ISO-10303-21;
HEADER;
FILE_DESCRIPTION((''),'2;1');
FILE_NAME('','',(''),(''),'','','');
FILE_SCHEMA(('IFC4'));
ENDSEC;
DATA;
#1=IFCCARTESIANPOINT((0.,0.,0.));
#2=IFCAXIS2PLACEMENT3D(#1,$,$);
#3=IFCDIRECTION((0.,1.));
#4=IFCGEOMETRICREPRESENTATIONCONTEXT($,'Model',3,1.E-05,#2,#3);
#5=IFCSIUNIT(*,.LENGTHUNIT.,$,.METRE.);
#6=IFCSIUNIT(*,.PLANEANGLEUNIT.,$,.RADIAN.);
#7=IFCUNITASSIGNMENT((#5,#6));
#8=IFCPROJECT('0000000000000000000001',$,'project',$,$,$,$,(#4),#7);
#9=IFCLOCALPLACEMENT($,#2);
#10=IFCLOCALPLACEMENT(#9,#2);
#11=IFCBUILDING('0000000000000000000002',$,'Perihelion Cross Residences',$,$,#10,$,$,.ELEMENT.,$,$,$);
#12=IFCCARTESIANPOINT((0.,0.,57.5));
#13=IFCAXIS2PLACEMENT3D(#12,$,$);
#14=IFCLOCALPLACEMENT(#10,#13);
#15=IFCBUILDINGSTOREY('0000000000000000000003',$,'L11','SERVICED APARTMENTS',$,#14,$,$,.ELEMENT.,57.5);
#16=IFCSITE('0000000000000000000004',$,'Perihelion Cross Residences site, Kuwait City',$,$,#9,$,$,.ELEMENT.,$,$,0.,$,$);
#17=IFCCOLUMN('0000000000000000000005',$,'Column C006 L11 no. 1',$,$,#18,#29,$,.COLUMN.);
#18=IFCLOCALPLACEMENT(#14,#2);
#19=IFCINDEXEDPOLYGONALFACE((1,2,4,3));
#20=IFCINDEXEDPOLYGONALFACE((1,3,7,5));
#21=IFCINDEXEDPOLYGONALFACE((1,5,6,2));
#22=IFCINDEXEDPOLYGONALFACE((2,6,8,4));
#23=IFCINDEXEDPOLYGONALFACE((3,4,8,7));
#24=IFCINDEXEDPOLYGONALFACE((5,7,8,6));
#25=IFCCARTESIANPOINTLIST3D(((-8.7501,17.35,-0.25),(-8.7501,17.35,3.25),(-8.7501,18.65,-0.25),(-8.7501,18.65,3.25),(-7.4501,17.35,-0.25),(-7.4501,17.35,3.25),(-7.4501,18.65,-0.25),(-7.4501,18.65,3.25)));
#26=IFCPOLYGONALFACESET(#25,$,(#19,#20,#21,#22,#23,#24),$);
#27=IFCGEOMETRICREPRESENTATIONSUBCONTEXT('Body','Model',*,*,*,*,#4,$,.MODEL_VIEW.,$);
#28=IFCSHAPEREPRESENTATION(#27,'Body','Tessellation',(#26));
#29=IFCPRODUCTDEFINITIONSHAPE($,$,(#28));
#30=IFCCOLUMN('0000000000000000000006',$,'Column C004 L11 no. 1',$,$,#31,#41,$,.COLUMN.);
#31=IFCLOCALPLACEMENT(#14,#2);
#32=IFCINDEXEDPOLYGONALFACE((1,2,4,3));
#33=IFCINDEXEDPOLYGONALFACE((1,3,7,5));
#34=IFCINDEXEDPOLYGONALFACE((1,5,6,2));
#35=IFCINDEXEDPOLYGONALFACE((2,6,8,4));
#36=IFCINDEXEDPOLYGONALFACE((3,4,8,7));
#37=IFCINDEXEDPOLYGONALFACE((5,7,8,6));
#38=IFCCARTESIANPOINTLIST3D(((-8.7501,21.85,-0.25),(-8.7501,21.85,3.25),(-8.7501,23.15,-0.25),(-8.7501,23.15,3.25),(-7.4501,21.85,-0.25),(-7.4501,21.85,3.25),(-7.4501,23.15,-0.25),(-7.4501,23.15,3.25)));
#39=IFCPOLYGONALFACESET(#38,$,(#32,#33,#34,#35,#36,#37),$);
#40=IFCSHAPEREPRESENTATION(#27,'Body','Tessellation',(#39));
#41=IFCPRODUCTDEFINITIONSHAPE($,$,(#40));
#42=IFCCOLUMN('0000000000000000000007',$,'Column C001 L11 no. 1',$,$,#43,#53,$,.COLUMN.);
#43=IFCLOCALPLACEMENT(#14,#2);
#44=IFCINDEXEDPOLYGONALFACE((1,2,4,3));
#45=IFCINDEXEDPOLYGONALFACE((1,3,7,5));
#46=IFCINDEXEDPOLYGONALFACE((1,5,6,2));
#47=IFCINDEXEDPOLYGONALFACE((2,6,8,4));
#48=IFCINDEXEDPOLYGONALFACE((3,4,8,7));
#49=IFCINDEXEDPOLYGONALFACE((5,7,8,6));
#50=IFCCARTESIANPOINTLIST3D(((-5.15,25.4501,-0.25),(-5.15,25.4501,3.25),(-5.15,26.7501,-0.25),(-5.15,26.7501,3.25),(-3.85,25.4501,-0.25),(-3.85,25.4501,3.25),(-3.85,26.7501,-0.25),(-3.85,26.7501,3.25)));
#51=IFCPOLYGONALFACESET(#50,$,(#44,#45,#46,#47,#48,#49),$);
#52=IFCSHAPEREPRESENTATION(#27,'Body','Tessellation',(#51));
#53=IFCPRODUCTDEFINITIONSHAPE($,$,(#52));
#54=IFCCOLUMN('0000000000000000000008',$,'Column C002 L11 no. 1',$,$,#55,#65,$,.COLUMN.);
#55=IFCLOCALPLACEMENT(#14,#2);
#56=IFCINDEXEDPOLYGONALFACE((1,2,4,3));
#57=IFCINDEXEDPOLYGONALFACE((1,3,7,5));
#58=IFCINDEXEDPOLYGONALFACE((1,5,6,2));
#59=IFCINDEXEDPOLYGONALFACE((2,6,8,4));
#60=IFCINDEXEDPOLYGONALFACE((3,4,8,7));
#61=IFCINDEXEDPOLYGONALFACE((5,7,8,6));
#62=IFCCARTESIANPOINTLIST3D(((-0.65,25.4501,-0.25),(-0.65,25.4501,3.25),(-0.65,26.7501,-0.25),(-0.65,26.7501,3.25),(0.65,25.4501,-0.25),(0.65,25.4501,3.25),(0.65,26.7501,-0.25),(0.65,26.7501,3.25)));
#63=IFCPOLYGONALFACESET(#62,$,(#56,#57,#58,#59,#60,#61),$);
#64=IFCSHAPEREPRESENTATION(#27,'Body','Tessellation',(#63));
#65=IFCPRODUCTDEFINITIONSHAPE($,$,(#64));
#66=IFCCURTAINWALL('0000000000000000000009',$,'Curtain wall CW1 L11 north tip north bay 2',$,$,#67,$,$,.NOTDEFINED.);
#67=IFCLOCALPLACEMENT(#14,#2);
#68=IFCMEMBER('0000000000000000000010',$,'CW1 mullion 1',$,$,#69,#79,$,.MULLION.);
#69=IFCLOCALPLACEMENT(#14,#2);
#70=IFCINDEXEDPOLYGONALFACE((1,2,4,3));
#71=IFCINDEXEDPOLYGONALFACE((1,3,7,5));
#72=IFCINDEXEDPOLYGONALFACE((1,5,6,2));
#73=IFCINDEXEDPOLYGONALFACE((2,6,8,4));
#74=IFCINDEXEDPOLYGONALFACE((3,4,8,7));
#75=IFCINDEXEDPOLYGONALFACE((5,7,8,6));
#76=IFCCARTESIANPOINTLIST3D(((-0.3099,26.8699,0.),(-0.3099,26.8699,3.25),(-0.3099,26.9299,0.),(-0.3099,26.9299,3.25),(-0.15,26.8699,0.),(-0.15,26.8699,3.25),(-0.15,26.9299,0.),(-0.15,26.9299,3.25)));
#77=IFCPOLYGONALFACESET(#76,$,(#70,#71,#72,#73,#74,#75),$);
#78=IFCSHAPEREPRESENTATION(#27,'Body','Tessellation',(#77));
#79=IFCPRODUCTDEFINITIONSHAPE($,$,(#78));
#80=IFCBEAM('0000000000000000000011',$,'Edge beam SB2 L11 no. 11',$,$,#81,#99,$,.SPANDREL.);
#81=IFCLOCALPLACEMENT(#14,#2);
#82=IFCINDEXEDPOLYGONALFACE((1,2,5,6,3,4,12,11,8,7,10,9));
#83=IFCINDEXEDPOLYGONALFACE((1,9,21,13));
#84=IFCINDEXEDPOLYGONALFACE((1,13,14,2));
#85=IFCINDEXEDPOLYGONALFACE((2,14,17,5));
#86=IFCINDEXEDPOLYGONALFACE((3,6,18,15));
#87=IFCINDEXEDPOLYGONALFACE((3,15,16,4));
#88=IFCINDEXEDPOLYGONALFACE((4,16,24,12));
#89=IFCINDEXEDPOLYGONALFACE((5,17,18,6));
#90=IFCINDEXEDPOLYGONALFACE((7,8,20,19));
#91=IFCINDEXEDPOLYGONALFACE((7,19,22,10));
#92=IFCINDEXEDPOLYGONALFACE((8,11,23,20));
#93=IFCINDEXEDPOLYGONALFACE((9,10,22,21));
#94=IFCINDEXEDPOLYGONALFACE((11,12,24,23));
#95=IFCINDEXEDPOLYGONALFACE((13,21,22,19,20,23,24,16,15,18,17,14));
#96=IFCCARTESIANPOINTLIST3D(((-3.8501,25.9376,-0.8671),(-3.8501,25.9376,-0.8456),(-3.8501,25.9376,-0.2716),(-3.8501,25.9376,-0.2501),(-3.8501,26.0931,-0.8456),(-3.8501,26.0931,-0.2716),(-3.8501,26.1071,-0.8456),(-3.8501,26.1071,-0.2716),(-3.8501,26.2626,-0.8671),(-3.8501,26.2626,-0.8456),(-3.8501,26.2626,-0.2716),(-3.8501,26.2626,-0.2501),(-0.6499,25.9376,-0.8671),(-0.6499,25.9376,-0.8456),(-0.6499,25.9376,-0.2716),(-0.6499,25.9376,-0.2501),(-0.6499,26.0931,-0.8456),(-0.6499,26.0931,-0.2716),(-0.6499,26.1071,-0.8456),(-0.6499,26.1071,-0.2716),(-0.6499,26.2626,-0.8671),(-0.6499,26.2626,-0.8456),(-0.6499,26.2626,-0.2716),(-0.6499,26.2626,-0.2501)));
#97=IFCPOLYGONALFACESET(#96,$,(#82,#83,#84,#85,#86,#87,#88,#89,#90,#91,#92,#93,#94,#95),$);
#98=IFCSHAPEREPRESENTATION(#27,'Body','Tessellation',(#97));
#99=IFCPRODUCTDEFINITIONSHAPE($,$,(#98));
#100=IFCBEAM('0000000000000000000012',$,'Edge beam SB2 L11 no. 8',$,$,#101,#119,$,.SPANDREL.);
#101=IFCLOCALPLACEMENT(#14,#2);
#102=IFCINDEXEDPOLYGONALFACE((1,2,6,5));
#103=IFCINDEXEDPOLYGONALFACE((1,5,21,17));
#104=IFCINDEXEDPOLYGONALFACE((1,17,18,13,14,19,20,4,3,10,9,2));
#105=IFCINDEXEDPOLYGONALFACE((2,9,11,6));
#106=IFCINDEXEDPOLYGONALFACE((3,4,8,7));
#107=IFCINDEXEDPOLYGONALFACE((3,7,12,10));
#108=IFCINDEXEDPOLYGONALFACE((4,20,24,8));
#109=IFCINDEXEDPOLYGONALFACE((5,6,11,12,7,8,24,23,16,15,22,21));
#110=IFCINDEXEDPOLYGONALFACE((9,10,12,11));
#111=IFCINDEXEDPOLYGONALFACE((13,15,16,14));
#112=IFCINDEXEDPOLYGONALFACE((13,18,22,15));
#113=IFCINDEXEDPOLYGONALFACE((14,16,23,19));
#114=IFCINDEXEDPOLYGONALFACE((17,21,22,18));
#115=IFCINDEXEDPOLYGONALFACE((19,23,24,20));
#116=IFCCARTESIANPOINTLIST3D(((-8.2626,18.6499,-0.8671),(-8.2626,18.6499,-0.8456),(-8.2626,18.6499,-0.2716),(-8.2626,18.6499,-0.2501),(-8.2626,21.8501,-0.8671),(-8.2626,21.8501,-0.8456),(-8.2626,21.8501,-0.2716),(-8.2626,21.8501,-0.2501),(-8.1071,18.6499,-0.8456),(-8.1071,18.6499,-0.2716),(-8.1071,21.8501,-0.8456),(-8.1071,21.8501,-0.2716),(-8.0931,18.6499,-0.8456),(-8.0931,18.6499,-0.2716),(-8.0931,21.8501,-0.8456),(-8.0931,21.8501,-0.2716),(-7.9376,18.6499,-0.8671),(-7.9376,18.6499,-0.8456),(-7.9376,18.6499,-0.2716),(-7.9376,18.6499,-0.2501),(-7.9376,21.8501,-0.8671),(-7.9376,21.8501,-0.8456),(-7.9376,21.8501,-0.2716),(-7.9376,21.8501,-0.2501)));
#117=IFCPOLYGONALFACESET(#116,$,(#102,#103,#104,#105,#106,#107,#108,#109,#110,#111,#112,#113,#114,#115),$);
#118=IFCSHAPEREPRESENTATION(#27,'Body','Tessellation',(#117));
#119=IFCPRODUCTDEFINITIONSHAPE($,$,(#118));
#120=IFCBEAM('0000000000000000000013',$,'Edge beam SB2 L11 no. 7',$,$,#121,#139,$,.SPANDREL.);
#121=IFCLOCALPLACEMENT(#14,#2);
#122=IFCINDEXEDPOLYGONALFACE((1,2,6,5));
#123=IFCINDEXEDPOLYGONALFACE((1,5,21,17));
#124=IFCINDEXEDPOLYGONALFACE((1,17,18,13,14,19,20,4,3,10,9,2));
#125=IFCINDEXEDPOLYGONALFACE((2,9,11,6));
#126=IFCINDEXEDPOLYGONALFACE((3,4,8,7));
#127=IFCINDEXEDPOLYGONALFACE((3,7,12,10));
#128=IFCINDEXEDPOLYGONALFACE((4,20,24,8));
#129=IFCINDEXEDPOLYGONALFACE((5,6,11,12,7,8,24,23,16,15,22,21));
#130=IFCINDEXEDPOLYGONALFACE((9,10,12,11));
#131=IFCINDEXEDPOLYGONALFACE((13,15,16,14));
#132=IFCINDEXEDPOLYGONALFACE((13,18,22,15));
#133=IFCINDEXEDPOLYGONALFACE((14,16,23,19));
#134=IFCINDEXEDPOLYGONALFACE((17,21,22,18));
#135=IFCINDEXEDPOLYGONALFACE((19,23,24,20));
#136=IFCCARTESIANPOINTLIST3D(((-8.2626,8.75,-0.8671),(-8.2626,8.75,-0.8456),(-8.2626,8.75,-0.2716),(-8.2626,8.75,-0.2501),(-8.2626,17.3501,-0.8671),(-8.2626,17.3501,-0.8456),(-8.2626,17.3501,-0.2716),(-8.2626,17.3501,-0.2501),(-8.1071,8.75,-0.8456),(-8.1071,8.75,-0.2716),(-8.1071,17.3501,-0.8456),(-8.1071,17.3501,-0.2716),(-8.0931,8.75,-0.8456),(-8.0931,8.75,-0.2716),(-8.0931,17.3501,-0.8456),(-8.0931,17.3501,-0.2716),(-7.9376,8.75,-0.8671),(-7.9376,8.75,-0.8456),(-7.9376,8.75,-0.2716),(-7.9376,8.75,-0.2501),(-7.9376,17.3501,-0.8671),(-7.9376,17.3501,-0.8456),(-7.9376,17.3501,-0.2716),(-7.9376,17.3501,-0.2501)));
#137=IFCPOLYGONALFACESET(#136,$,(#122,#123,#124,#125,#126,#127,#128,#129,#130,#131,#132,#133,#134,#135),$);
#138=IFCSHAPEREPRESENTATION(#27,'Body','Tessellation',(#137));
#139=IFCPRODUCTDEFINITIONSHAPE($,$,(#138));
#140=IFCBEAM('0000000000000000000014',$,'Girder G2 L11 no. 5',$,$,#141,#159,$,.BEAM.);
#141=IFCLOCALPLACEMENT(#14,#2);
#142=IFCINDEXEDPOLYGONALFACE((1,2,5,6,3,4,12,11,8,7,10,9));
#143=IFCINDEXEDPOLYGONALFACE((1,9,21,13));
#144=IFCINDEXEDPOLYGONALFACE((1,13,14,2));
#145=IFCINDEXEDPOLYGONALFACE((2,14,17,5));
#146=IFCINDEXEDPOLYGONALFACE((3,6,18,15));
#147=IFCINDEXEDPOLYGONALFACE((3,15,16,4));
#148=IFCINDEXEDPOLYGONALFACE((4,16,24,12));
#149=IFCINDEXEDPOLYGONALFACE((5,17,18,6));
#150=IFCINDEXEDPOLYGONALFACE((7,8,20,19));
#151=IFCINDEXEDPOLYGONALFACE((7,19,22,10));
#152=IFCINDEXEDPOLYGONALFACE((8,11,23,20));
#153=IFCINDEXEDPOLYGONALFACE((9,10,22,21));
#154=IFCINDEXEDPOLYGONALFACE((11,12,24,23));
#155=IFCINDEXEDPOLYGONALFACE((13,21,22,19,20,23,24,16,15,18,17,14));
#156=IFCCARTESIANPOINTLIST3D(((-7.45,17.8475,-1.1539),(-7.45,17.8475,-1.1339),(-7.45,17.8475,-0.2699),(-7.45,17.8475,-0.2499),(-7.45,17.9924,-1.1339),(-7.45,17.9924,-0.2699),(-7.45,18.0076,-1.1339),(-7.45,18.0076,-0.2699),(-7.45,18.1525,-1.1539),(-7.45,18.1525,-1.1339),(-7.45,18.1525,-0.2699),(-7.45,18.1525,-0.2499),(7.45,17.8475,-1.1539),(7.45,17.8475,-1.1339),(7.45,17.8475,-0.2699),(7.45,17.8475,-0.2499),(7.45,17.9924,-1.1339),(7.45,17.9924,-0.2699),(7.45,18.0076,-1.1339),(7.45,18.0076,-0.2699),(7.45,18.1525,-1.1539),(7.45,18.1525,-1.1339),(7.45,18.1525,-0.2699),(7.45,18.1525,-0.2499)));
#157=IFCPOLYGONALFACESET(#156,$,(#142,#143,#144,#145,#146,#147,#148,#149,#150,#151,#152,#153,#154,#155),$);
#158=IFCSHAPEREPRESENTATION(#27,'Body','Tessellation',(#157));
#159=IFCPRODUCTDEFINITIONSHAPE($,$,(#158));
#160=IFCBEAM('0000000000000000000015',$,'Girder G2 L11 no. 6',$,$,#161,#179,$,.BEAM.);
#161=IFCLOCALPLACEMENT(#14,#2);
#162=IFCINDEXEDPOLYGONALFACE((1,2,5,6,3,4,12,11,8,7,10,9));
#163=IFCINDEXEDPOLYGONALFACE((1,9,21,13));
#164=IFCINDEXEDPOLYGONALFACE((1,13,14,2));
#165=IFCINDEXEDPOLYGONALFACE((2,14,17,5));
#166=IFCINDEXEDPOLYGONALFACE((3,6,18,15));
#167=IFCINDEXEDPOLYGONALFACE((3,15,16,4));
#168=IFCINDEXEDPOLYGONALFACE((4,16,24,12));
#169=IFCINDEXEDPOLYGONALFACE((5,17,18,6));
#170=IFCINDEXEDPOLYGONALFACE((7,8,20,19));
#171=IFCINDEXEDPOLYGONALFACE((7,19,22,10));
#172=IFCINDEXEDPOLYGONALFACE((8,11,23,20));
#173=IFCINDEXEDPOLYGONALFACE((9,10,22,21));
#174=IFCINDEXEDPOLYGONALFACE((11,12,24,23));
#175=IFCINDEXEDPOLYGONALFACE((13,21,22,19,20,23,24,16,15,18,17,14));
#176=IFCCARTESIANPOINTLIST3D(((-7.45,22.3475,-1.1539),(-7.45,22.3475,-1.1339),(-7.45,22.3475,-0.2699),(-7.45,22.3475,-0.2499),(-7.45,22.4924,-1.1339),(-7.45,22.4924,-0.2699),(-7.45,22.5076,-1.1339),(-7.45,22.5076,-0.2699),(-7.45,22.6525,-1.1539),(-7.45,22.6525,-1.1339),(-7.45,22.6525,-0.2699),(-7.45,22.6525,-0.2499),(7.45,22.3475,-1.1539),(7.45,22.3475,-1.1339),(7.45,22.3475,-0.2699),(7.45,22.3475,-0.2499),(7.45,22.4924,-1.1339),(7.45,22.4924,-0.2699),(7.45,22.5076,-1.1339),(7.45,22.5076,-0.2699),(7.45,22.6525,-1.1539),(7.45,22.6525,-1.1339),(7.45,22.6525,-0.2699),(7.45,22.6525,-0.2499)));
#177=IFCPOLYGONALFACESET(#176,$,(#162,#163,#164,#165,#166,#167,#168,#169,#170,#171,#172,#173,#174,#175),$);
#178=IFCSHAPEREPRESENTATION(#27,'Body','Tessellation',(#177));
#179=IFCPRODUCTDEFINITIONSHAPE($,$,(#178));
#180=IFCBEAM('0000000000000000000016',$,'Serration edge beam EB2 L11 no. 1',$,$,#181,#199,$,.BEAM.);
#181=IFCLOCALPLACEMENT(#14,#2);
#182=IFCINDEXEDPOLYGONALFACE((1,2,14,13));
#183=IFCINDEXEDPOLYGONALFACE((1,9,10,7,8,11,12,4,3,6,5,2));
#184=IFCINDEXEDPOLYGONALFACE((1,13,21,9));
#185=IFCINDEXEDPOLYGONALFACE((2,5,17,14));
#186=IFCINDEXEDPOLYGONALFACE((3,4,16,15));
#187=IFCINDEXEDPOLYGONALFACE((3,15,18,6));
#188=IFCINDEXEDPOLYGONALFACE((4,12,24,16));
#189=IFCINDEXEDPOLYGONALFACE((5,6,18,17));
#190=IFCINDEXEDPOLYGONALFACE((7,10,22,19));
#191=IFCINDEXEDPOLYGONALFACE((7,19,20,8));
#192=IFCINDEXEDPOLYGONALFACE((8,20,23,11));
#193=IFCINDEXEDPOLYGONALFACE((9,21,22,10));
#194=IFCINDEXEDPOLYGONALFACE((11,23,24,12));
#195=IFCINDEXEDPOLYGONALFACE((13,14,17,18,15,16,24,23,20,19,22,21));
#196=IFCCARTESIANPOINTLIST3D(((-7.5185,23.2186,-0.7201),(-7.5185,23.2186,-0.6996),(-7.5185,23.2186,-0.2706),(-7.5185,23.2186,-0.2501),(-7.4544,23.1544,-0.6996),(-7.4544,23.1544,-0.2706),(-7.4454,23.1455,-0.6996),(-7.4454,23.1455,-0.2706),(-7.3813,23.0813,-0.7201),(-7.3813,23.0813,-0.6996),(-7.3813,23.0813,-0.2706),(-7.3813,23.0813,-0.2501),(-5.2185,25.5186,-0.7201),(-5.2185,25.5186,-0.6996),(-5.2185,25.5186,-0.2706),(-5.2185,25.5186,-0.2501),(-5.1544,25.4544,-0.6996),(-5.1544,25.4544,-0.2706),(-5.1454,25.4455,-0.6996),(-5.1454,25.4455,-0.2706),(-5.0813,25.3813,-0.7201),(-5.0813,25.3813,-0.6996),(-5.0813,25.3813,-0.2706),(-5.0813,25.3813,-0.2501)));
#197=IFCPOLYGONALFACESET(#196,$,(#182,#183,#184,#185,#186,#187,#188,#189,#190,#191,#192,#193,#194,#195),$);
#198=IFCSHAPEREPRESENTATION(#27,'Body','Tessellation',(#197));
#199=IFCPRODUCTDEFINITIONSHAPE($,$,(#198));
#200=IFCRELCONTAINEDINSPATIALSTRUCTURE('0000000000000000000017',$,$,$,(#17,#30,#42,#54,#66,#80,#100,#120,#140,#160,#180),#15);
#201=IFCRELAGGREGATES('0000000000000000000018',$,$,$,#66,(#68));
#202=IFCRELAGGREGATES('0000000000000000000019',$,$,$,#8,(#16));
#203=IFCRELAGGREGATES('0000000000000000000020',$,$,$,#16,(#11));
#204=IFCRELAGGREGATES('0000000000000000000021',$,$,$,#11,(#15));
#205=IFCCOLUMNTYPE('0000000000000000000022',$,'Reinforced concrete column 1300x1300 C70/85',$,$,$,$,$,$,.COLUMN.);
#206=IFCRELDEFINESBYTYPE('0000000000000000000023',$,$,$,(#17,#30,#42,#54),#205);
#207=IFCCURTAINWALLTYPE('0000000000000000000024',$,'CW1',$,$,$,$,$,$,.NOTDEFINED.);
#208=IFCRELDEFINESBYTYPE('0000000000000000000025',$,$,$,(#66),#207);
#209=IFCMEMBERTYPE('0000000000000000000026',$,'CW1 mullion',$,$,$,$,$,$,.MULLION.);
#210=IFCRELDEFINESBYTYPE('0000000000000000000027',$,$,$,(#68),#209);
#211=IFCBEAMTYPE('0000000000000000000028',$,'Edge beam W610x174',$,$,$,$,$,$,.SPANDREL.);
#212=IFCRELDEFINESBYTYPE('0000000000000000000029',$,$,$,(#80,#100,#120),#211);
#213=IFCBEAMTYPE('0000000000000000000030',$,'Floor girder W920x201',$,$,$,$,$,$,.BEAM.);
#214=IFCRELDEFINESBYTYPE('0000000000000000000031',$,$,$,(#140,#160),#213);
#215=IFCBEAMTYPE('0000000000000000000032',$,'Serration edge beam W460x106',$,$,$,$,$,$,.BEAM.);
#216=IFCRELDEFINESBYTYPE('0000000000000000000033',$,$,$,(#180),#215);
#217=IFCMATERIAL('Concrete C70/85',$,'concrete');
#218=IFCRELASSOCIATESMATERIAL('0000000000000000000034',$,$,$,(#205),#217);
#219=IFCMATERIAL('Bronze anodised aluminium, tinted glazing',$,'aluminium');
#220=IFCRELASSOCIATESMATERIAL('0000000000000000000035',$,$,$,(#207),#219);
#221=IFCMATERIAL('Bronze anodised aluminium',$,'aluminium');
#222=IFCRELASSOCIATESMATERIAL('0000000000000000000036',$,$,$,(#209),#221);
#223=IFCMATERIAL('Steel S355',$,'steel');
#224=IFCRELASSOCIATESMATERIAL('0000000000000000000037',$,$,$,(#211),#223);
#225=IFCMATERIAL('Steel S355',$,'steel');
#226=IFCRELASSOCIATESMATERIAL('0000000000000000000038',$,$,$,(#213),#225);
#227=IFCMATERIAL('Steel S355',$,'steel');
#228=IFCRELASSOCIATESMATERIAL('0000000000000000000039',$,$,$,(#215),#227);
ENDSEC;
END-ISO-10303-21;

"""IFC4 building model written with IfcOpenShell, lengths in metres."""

from ifc_helpers import new_model, si_unit, direction, frame, origin, origin_2d, place, context, subcontext, project, spatial, rectangle, i_section, extrude, material, material_profile, profile_set, type_object, element, aggregate, save


model = new_model("IFC4")

# Units and contexts
model_context = context("Model", 3, precision=1e-05, world=origin(), true_north=direction((0.0, 1.0)))
body_context = subcontext(model_context, "Body", "Model", "MODEL_VIEW")
ifc_project = project(units=[si_unit("LENGTHUNIT", "METRE"), si_unit("PLANEANGLEUNIT", "RADIAN")], contexts=[model_context])

# Site, building, storey
site_placement = place(None, origin())
site = spatial("IfcSite", under=ifc_project, at=site_placement, Name="Perihelion Cross Residences site, Kuwait City", CompositionType="ELEMENT", RefElevation=0.0)
building_placement = place(site_placement, origin())
building = spatial("IfcBuilding", under=site, at=building_placement, Name="Perihelion Cross Residences", CompositionType="ELEMENT")
storey_placement = place(building_placement, frame((0.0, 0.0, 57.5)))
storey = spatial("IfcBuildingStorey", under=building, at=storey_placement, Name="L11", Description="SERVICED APARTMENTS", CompositionType="ELEMENT", Elevation=57.5)

# Columns
ifc_material_1 = material(Name="Concrete C70/85", Category="concrete")
ifc_material_profile_1 = material_profile(ifc_material_1, rectangle(XDim=1.3, YDim=1.3, at=origin_2d()), Name="RC 1300x1300")
ifc_profile_set_1 = profile_set([ifc_material_profile_1], Name="Concrete C70/85")
column_type = type_object("IfcColumnType", Name="Reinforced concrete column 1300x1300 C70/85", PredefinedType="COLUMN", material=ifc_profile_set_1)
for number, where, z_axis, x_axis, name in (
    (1, (-8.1001, 18.0, -0.25), (0.0, 0.0, 1.0), (1.0, 0.0, 0.0), "Column C006 L11 no. 1"),
    (2, (-8.1001, 22.5, -0.25), (0.0, 0.0, 1.0), (1.0, 0.0, 0.0), "Column C004 L11 no. 1"),
    (3, (-4.5, 26.1001, -0.25), (0.0, 0.0, 1.0), (1.0, 0.0, 0.0), "Column C001 L11 no. 1"),
    (4, (0.0, 26.1001, -0.25), (0.0, 0.0, 1.0), (1.0, 0.0, 0.0), "Column C002 L11 no. 1"),
):
    element("IfcColumn", number, at=place(storey_placement, frame(where, z_axis=z_axis, x_axis=x_axis)), inside=storey, type_object=column_type, Name=name, PredefinedType="COLUMN", context=body_context, shape_type="SweptSolid", body=[
        extrude(rectangle(XDim=1.3, YDim=1.3, at=origin_2d()), origin(), (0.0, 0.0, 1.0), 3.5),
    ])

# Curtain wall, member
ifc_material_2 = material(Name="Bronze anodised aluminium, tinted glazing", Category="aluminium")
curtain_wall_type = type_object("IfcCurtainWallType", Name="CW1", PredefinedType="NOTDEFINED", material=ifc_material_2)
curtain_wall_placement = place(storey_placement, origin())
curtain_wall = element("IfcCurtainWall", 5, at=curtain_wall_placement, inside=storey, type_object=curtain_wall_type, Name="Curtain wall CW1 L11 north tip north bay 2", PredefinedType="NOTDEFINED")
ifc_material_3 = material(Name="Bronze anodised aluminium", Category="aluminium")
ifc_material_profile_2 = material_profile(ifc_material_3, rectangle(XDim=0.0601, YDim=0.1599, at=origin_2d()), Name="CW1 mullion")
ifc_profile_set_2 = profile_set([ifc_material_profile_2], Name="Bronze anodised aluminium")
member_type = type_object("IfcMemberType", Name="CW1 mullion", PredefinedType="MULLION", material=ifc_profile_set_2)
member_placement = place(storey_placement, frame((-0.23, 26.8999, 0.0), z_axis=(0.0, 0.0, 1.0), x_axis=(0.0, -1.0, 0.0)))
member = element("IfcMember", 6, at=member_placement, type_object=member_type, Name="CW1 mullion 1", PredefinedType="MULLION", context=body_context, shape_type="SweptSolid", body=[
    extrude(rectangle(XDim=0.0601, YDim=0.1599, at=origin_2d()), origin(), (0.0, 0.0, 1.0), 3.25),
])

# Beams
ifc_material_4 = material(Name="Steel S355", Category="steel")
ifc_material_profile_3 = material_profile(ifc_material_4, i_section(OverallWidth=0.325, OverallDepth=0.6169, WebThickness=0.0139, FlangeThickness=0.0215, at=origin_2d()), Name="W610x174")
ifc_profile_set_3 = profile_set([ifc_material_profile_3], Name="Steel S355")
beam_type_1 = type_object("IfcBeamType", Name="Edge beam W610x174", PredefinedType="SPANDREL", material=ifc_profile_set_3)
for number, where, z_axis, x_axis, name in (
    (7, (-0.6499, 26.1001, -0.5586), (-1.0, 0.0, 0.0), (0.0, -1.0, 0.0), "Edge beam SB2 L11 no. 11"),
    (8, (-8.1001, 21.8501, -0.5586), (0.0, -1.0, 0.0), (1.0, 0.0, 0.0), "Edge beam SB2 L11 no. 8"),
):
    element("IfcBeam", number, at=place(storey_placement, frame(where, z_axis=z_axis, x_axis=x_axis)), inside=storey, type_object=beam_type_1, Name=name, PredefinedType="SPANDREL", context=body_context, shape_type="SweptSolid", body=[
        extrude(i_section(OverallWidth=0.325, OverallDepth=0.6169, WebThickness=0.0139, FlangeThickness=0.0215, at=origin_2d()), origin(), (0.0, 0.0, 1.0), 3.2002),
    ])
beam_1_placement = place(storey_placement, frame((-8.1001, 17.3501, -0.5586), z_axis=(0.0, -1.0, 0.0), x_axis=(1.0, 0.0, 0.0)))
element("IfcBeam", 9, at=beam_1_placement, inside=storey, type_object=beam_type_1, Name="Edge beam SB2 L11 no. 7", PredefinedType="SPANDREL", context=body_context, shape_type="SweptSolid", body=[
    extrude(i_section(OverallWidth=0.325, OverallDepth=0.6169, WebThickness=0.0139, FlangeThickness=0.0215, at=origin_2d()), origin(), (0.0, 0.0, 1.0), 8.6001),
])
ifc_material_5 = material(Name="Steel S355", Category="steel")
ifc_material_profile_4 = material_profile(ifc_material_5, i_section(OverallWidth=0.3049, OverallDepth=0.9041, WebThickness=0.0151, FlangeThickness=0.02, at=origin_2d()), Name="W920x201")
ifc_profile_set_4 = profile_set([ifc_material_profile_4], Name="Steel S355")
beam_type_2 = type_object("IfcBeamType", Name="Floor girder W920x201", PredefinedType="BEAM", material=ifc_profile_set_4)
for number, where, z_axis, x_axis, name in (
    (10, (-7.45, 18.0, -0.7019), (1.0, 0.0, 0.0), (0.0, 1.0, 0.0), "Girder G2 L11 no. 5"),
    (11, (-7.45, 22.5, -0.7019), (1.0, 0.0, 0.0), (0.0, 1.0, 0.0), "Girder G2 L11 no. 6"),
):
    element("IfcBeam", number, at=place(storey_placement, frame(where, z_axis=z_axis, x_axis=x_axis)), inside=storey, type_object=beam_type_2, Name=name, PredefinedType="BEAM", context=body_context, shape_type="SweptSolid", body=[
        extrude(i_section(OverallWidth=0.3049, OverallDepth=0.9041, WebThickness=0.0151, FlangeThickness=0.02, at=origin_2d()), origin(), (0.0, 0.0, 1.0), 14.8999),
    ])
ifc_material_6 = material(Name="Steel S355", Category="steel")
ifc_material_profile_5 = material_profile(ifc_material_6, i_section(OverallWidth=0.1941, OverallDepth=0.47, WebThickness=0.0127, FlangeThickness=0.0205, at=origin_2d()), Name="W460x106")
ifc_profile_set_5 = profile_set([ifc_material_profile_5], Name="Steel S355")
beam_type_3 = type_object("IfcBeamType", Name="Serration edge beam W460x106", PredefinedType="BEAM", material=ifc_profile_set_5)
beam_2_placement = place(storey_placement, frame((-5.1499, 25.45, -0.4851), z_axis=(-0.707107, -0.707107, 0.0), x_axis=(0.707107, -0.707107, 0.0)))
element("IfcBeam", 12, at=beam_2_placement, inside=storey, type_object=beam_type_3, Name="Serration edge beam EB2 L11 no. 1", PredefinedType="BEAM", context=body_context, shape_type="SweptSolid", body=[
    extrude(i_section(OverallWidth=0.1941, OverallDepth=0.47, WebThickness=0.0127, FlangeThickness=0.0205, at=origin_2d()), origin(), (0.0, 0.0, 1.0), 3.2527),
])

aggregate(curtain_wall, [member])

save(model, "model.ifc")
